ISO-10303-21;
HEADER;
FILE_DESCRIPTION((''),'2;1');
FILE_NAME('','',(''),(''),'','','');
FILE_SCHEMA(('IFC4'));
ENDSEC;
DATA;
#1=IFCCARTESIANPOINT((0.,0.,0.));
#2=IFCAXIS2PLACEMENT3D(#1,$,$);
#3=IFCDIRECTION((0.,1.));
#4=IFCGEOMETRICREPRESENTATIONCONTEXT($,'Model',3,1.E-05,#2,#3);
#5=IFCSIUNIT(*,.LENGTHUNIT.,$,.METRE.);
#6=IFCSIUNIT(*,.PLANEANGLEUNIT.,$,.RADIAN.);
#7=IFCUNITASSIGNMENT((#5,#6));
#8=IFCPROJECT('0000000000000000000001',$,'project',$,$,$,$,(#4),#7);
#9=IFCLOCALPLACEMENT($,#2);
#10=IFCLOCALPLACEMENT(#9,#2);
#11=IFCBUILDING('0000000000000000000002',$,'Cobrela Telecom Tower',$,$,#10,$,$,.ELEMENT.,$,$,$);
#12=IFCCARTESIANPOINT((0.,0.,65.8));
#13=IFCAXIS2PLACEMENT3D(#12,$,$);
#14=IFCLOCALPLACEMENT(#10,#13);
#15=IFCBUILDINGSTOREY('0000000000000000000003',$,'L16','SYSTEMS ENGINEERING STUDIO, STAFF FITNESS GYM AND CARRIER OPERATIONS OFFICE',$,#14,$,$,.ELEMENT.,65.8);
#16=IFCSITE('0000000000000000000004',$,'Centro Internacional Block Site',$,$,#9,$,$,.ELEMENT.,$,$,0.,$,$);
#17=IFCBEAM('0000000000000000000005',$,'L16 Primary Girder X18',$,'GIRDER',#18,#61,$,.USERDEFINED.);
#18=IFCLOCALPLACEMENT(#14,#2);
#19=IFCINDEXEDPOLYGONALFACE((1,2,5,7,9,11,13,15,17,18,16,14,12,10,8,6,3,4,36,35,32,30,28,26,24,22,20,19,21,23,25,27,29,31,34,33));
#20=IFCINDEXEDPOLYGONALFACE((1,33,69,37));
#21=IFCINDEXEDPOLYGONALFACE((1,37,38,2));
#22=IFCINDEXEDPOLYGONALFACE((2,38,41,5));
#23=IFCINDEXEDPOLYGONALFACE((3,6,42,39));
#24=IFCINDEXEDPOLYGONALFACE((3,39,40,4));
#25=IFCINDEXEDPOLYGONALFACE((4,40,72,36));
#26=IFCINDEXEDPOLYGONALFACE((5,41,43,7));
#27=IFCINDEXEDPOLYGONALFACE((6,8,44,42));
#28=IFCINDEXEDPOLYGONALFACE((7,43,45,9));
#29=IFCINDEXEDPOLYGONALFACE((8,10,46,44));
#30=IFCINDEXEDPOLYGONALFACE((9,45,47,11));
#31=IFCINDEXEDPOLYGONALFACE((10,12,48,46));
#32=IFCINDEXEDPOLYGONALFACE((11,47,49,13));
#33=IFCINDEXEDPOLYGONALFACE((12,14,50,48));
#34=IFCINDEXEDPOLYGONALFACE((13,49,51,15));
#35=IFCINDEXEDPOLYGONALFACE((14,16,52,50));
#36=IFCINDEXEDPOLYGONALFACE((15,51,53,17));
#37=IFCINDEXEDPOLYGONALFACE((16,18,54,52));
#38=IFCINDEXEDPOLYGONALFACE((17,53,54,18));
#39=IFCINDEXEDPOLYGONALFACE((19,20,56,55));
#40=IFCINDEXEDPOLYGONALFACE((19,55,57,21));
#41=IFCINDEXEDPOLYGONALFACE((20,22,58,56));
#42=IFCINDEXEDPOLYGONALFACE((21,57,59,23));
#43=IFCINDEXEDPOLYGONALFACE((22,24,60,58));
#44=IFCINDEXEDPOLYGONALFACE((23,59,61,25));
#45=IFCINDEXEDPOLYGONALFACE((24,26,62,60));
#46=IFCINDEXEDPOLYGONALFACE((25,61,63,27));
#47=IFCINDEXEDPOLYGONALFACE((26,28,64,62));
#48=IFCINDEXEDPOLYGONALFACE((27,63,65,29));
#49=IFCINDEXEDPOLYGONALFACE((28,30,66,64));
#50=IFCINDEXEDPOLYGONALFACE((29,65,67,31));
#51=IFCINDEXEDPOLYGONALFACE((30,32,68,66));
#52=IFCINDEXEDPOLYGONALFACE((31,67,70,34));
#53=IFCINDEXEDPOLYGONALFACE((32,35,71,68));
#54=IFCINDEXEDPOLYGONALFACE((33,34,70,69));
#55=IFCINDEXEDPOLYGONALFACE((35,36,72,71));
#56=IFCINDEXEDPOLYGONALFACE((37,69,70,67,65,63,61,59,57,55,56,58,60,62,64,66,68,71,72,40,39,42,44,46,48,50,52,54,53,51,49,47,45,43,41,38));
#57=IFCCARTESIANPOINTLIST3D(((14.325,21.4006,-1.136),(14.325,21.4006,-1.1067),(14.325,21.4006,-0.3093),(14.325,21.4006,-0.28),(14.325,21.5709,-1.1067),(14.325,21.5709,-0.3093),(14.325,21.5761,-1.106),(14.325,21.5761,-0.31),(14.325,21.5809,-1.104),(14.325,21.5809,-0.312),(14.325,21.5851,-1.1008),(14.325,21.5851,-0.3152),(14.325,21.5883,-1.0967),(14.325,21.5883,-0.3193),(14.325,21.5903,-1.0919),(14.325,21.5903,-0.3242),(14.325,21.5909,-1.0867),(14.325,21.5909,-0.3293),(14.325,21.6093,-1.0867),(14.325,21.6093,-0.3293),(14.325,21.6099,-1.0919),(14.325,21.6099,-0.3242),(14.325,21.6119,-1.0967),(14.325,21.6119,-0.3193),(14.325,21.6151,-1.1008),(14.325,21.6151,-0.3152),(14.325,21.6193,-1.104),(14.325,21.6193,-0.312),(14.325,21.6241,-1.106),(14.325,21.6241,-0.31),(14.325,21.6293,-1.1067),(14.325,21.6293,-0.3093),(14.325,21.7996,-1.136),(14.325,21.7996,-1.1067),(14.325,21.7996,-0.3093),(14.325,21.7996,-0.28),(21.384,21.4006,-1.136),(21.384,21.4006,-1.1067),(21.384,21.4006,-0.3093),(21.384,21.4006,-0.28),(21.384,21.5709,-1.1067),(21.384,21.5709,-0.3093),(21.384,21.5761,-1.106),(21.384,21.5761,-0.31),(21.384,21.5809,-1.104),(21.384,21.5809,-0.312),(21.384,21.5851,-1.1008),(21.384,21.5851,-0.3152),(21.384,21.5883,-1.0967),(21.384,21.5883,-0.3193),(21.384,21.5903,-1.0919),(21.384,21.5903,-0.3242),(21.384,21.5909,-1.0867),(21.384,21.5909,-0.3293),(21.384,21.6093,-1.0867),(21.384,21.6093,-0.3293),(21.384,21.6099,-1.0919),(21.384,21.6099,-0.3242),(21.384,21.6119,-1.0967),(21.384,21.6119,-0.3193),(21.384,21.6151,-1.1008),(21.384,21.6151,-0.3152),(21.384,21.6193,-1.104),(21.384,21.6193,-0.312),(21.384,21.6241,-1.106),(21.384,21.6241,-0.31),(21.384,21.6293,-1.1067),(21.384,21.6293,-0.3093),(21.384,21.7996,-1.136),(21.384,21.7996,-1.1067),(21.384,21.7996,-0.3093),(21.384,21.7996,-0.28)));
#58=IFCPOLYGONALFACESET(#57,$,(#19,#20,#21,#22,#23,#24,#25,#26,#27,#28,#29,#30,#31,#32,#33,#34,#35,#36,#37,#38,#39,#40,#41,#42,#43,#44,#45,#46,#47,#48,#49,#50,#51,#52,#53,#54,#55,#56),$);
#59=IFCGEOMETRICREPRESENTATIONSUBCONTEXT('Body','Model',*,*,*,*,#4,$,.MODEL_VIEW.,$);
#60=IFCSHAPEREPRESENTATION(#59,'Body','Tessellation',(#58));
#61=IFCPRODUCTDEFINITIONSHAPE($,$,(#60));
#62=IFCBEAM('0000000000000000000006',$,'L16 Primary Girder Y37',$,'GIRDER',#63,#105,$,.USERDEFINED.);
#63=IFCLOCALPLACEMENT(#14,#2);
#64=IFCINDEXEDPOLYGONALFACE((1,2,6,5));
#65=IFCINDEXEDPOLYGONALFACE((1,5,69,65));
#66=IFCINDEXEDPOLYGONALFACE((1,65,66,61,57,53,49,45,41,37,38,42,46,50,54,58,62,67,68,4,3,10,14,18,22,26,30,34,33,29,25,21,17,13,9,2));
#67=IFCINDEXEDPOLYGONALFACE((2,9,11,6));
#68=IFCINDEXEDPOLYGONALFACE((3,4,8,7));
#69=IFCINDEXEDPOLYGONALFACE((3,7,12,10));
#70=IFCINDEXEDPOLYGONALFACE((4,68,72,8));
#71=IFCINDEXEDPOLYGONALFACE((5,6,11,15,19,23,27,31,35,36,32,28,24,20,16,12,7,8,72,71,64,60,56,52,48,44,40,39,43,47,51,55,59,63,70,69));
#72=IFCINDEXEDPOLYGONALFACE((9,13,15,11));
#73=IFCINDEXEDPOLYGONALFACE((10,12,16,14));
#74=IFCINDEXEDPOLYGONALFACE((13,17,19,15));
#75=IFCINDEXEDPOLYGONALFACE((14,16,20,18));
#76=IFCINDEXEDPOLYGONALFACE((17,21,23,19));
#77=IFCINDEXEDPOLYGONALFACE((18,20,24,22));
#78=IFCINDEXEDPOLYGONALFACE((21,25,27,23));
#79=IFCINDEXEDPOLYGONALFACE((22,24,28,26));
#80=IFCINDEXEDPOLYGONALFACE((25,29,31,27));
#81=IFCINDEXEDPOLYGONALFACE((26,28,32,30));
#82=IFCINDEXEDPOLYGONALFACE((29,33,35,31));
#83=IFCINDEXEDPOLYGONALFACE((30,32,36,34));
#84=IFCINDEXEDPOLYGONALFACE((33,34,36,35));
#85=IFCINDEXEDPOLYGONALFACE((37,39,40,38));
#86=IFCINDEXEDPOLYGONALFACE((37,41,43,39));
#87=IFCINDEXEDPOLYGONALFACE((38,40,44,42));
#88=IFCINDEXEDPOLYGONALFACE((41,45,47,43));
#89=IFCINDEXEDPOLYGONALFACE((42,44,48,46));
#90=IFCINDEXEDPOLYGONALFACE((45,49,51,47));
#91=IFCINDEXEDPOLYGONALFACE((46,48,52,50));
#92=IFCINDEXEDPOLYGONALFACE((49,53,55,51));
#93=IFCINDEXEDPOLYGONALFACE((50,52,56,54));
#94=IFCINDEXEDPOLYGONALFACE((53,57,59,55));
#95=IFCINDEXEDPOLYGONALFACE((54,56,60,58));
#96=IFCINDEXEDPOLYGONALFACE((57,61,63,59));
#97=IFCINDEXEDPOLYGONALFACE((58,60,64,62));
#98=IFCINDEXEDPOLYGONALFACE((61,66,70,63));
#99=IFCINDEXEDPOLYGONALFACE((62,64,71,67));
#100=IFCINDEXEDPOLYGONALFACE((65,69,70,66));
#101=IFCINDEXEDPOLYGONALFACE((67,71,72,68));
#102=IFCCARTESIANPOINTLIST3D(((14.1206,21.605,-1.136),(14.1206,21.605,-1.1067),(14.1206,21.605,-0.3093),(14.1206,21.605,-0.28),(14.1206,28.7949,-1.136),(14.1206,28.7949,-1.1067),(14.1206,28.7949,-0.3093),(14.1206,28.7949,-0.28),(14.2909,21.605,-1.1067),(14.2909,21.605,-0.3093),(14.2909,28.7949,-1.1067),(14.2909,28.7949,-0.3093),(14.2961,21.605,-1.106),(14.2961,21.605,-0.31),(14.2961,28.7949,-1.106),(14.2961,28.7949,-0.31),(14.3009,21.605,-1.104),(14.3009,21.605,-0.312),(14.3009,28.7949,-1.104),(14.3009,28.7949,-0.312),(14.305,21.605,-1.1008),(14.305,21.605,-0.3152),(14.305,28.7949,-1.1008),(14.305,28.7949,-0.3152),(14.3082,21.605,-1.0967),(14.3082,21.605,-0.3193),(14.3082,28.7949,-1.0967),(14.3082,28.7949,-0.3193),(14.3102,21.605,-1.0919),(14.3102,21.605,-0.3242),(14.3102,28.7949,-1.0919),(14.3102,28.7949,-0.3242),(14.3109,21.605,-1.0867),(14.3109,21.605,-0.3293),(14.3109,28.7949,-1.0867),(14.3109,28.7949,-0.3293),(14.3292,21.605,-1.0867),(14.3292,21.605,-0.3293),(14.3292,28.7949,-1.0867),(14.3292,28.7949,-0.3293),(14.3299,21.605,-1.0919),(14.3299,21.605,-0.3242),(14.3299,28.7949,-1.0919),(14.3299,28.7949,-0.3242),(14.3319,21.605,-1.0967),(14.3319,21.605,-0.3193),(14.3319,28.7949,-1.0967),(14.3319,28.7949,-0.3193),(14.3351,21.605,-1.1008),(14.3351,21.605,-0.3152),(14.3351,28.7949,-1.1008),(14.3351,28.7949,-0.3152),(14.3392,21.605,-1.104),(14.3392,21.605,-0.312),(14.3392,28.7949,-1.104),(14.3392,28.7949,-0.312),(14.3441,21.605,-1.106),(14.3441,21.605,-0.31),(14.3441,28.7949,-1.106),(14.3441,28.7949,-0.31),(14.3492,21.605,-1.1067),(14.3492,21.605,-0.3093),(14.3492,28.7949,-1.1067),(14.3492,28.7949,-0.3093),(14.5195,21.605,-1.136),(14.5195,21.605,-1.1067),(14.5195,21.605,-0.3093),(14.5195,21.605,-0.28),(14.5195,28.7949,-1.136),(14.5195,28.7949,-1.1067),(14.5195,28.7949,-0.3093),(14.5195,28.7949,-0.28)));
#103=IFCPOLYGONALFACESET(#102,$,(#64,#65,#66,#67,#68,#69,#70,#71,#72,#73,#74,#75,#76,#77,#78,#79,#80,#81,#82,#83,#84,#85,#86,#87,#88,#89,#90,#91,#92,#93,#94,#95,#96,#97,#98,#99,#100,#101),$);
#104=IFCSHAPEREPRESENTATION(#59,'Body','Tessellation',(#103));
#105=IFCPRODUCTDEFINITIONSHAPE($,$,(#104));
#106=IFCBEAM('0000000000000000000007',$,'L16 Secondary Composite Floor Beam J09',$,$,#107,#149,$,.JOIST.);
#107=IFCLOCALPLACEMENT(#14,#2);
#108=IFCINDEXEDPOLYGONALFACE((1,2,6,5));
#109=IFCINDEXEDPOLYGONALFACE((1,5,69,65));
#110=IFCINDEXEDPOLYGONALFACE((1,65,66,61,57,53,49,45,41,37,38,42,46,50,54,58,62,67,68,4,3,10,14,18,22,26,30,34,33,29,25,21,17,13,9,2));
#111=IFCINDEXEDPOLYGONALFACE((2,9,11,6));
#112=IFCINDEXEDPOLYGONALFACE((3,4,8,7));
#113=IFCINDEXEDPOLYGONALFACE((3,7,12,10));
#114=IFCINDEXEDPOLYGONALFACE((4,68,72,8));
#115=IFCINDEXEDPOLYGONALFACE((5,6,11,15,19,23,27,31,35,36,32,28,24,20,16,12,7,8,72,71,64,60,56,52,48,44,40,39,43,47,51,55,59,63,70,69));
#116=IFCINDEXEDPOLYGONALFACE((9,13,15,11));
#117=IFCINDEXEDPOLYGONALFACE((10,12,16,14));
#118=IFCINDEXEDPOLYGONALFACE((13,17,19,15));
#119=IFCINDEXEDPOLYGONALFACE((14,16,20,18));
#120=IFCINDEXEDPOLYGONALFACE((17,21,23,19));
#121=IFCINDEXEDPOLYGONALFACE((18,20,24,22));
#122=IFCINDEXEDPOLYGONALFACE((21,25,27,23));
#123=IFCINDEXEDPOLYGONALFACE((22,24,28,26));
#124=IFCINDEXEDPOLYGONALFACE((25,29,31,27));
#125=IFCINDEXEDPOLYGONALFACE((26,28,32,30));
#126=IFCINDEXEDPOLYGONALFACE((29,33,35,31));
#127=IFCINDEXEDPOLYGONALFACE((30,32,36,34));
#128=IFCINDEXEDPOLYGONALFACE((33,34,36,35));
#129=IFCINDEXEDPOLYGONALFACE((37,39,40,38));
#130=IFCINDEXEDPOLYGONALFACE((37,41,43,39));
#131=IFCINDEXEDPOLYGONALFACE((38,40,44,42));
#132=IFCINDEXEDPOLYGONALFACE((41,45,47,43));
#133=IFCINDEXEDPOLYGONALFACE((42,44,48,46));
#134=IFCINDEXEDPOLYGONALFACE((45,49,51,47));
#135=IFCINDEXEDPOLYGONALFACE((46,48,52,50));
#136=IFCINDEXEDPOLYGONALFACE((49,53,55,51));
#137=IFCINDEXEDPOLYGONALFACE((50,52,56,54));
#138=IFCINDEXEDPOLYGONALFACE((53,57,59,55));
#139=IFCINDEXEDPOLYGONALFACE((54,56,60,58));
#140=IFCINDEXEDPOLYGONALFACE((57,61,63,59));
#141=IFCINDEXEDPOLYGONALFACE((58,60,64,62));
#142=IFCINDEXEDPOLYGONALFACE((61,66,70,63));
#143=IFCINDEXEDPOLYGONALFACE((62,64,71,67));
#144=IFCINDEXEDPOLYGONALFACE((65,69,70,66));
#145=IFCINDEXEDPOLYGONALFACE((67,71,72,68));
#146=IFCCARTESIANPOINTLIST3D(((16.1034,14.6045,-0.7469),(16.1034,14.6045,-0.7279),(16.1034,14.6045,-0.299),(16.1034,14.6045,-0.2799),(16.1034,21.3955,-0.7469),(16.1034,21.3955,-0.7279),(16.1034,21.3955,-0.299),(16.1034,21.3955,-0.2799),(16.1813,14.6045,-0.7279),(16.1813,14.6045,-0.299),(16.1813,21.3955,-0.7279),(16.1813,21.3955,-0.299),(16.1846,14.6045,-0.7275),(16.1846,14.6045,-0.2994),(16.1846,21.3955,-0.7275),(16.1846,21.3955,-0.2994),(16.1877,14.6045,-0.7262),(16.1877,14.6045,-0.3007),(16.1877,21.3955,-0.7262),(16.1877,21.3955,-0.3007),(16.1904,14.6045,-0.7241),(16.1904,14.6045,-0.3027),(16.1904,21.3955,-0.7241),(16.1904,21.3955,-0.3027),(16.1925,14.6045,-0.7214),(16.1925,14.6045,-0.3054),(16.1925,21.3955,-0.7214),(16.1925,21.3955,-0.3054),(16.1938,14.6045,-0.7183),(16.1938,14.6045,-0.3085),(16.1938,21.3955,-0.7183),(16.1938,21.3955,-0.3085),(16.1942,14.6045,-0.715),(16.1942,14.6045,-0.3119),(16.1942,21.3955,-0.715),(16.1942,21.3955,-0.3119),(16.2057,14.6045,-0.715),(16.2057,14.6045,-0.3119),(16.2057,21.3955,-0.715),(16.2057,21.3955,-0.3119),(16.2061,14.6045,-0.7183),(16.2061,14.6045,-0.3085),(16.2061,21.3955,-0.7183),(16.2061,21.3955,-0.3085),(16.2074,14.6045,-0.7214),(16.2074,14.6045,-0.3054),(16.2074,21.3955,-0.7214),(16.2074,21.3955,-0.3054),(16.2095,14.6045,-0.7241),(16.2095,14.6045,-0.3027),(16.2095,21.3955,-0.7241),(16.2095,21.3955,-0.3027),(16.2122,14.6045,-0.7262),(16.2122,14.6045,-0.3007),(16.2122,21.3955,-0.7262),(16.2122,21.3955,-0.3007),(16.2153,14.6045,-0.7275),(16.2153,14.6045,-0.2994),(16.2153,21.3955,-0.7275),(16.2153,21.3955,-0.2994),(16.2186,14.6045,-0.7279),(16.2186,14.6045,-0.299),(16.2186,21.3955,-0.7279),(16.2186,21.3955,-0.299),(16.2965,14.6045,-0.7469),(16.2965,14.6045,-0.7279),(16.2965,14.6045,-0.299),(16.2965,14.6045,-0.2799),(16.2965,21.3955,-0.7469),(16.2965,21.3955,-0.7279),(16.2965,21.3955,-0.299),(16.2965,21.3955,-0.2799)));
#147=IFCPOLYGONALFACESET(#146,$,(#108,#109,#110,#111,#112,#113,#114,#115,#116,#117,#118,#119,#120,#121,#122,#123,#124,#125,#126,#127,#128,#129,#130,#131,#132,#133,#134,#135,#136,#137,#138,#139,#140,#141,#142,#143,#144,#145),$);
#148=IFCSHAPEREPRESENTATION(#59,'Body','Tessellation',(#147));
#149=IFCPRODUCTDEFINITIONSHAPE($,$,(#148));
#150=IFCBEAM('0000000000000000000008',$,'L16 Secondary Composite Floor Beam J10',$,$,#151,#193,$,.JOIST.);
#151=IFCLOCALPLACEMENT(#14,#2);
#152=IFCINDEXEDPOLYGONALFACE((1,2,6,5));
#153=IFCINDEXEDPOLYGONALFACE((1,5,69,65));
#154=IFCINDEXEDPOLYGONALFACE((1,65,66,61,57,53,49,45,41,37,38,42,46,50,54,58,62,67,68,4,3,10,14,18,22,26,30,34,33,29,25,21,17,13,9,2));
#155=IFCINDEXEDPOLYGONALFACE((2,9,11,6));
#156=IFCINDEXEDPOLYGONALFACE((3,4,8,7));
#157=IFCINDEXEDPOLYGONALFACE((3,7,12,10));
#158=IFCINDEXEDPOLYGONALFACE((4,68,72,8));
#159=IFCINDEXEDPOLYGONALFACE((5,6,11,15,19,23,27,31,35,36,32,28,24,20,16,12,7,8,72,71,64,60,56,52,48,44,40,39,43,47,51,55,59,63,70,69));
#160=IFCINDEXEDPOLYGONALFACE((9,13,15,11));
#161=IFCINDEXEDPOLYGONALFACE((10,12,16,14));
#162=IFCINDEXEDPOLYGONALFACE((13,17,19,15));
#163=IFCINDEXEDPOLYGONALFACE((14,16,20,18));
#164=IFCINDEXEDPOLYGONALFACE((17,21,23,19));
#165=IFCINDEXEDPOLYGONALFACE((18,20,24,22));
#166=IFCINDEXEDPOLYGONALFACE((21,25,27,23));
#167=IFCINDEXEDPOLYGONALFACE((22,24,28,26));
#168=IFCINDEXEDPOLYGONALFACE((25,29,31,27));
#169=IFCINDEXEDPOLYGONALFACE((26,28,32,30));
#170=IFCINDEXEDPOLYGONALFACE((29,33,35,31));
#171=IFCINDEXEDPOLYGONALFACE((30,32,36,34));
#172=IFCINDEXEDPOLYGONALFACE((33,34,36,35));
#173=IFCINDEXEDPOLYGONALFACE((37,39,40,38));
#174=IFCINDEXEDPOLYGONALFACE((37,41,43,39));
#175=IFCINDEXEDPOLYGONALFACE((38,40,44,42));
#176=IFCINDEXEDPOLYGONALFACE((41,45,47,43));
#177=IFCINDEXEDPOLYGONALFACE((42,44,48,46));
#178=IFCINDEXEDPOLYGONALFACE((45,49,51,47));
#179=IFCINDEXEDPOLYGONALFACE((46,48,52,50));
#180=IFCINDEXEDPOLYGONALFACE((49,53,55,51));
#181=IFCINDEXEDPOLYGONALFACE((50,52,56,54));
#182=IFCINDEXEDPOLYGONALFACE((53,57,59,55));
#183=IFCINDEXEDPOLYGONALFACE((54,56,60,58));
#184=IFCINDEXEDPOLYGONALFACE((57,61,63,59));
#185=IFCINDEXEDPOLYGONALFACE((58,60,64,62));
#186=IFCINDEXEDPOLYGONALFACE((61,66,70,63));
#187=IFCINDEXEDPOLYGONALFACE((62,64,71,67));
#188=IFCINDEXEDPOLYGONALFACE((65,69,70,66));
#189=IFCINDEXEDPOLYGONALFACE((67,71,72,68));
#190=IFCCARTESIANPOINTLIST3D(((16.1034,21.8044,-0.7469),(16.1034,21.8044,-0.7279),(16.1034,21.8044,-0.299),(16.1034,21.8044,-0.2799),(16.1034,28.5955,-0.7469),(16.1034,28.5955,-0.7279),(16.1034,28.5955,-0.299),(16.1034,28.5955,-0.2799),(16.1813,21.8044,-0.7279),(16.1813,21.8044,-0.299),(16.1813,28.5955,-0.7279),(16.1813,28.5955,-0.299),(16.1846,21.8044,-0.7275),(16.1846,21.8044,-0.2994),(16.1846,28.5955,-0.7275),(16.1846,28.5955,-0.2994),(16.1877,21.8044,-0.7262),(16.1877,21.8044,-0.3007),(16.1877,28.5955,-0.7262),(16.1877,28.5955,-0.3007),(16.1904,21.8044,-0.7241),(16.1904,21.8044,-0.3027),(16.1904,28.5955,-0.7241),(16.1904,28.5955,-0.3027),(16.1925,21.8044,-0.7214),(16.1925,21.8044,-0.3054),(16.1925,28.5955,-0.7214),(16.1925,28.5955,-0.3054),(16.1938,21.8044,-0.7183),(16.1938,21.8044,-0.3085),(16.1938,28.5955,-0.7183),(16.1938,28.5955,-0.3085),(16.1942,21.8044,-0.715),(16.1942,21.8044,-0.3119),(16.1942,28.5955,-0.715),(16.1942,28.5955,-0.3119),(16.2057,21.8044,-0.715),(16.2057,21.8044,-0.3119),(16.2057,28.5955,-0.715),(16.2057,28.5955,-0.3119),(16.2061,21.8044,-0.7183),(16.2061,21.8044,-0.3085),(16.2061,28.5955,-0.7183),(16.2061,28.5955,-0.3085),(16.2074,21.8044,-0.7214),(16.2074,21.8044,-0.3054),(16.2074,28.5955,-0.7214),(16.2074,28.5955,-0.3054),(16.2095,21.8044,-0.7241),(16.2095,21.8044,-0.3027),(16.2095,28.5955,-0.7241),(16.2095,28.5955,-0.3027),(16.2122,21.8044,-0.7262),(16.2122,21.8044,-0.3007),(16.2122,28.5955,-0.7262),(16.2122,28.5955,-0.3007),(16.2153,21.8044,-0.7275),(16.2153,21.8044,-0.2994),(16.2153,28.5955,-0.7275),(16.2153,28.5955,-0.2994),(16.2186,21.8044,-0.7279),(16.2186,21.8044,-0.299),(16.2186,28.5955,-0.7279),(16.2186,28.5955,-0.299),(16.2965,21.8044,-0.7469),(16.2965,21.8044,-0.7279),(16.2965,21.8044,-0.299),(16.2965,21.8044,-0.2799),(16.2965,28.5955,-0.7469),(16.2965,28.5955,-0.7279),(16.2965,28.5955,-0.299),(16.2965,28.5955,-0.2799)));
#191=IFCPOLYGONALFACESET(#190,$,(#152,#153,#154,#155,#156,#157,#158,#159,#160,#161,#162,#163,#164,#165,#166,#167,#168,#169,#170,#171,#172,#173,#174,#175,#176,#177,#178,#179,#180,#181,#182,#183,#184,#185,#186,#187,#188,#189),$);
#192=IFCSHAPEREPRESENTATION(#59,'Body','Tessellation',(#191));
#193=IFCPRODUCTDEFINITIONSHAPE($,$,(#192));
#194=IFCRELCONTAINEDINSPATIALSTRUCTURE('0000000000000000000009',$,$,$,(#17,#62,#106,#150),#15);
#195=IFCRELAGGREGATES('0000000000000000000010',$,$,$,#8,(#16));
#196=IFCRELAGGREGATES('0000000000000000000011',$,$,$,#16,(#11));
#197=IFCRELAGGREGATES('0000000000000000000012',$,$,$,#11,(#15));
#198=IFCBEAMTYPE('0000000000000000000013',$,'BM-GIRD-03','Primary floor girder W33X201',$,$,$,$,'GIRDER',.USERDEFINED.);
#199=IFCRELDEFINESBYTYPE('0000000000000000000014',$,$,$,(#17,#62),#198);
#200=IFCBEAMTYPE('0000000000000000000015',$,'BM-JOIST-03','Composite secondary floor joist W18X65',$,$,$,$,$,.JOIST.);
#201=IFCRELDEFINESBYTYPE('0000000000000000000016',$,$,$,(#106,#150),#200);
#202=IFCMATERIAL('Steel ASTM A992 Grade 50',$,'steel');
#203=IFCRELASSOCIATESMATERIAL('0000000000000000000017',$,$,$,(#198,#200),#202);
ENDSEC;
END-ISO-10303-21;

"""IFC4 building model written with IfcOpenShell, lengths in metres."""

from ifc_helpers import new_model, si_unit, direction, frame, origin, origin_2d, place, context, subcontext, project, spatial, i_section, extrude, material, material_profile, profile_set, type_object, element, save


model = new_model("IFC4")

# Units and contexts
model_context = context("Model", 3, precision=1e-05, world=origin(), true_north=direction((0.0, 1.0)))
body_context = subcontext(model_context, "Body", "Model", "MODEL_VIEW")
ifc_project = project(units=[si_unit("LENGTHUNIT", "METRE"), si_unit("PLANEANGLEUNIT", "RADIAN")], contexts=[model_context])

# Site, building, storey
site_placement = place(None, origin())
site = spatial("IfcSite", under=ifc_project, at=site_placement, Name="Centro Internacional Block Site", CompositionType="ELEMENT", RefElevation=0.0)
building_placement = place(site_placement, origin())
building = spatial("IfcBuilding", under=site, at=building_placement, Name="Cobrela Telecom Tower", CompositionType="ELEMENT")
storey_placement = place(building_placement, frame((0.0, 0.0, 65.8)))
storey = spatial("IfcBuildingStorey", under=building, at=storey_placement, Name="L16", Description="SYSTEMS ENGINEERING STUDIO, STAFF FITNESS GYM AND CARRIER OPERATIONS OFFICE", CompositionType="ELEMENT", Elevation=65.8)

# Beams
ifc_material_1 = material(Name="Steel ASTM A992 Grade 50", Category="steel")
ifc_material_profile_1 = material_profile(ifc_material_1, i_section(OverallWidth=0.3989, OverallDepth=0.856, WebThickness=0.0183, FlangeThickness=0.0293, FilletRadius=0.02, at=origin_2d()), Name="W33X201")
ifc_profile_set_1 = profile_set([ifc_material_profile_1], Name="Steel ASTM A992 Grade 50")
beam_type_1 = type_object("IfcBeamType", Name="BM-GIRD-03", Description="Primary floor girder W33X201", ElementType="GIRDER", PredefinedType="USERDEFINED", material=ifc_profile_set_1)
beam_1_placement = place(storey_placement, frame((14.325, 21.6001, -0.708), z_axis=(1.0, 0.0, 0.0), x_axis=(0.0, 1.0, 0.0)))
element("IfcBeam", 1, at=beam_1_placement, inside=storey, type_object=beam_type_1, Name="L16 Primary Girder X18", ObjectType="GIRDER", PredefinedType="USERDEFINED", context=body_context, shape_type="SweptSolid", body=[
    extrude(i_section(OverallWidth=0.3989, OverallDepth=0.856, WebThickness=0.0183, FlangeThickness=0.0293, FilletRadius=0.02, at=origin_2d()), origin(), (0.0, 0.0, 1.0), 7.0591),
])
beam_2_placement = place(storey_placement, frame((14.3201, 21.605, -0.708), z_axis=(0.0, 1.0, 0.0), x_axis=(-1.0, 0.0, 0.0)))
element("IfcBeam", 2, at=beam_2_placement, inside=storey, type_object=beam_type_1, Name="L16 Primary Girder Y37", ObjectType="GIRDER", PredefinedType="USERDEFINED", context=body_context, shape_type="SweptSolid", body=[
    extrude(i_section(OverallWidth=0.3989, OverallDepth=0.856, WebThickness=0.0183, FlangeThickness=0.0293, FilletRadius=0.02, at=origin_2d()), origin(), (0.0, 0.0, 1.0), 7.1899),
])
ifc_material_profile_2 = material_profile(ifc_material_1, i_section(OverallWidth=0.1931, OverallDepth=0.467, WebThickness=0.0115, FlangeThickness=0.019, FilletRadius=0.0129, at=origin_2d()), Name="W18X65")
ifc_profile_set_2 = profile_set([ifc_material_profile_2], Name="Steel ASTM A992 Grade 50")
beam_type_2 = type_object("IfcBeamType", Name="BM-JOIST-03", Description="Composite secondary floor joist W18X65", PredefinedType="JOIST", material=ifc_profile_set_2)
for number, where, z_axis, x_axis, name in (
    (3, (16.2, 14.6045, -0.5134), (0.0, 1.0, 0.0), (-1.0, 0.0, 0.0), "L16 Secondary Composite Floor Beam J09"),
    (4, (16.2, 21.8044, -0.5134), (0.0, 1.0, 0.0), (-1.0, 0.0, 0.0), "L16 Secondary Composite Floor Beam J10"),
):
    element("IfcBeam", number, at=place(storey_placement, frame(where, z_axis=z_axis, x_axis=x_axis)), inside=storey, type_object=beam_type_2, Name=name, PredefinedType="JOIST", context=body_context, shape_type="SweptSolid", body=[
        extrude(i_section(OverallWidth=0.1931, OverallDepth=0.467, WebThickness=0.0115, FlangeThickness=0.019, FilletRadius=0.0129, at=origin_2d()), origin(), (0.0, 0.0, 1.0), 6.791),
    ])

save(model, "model.ifc")
